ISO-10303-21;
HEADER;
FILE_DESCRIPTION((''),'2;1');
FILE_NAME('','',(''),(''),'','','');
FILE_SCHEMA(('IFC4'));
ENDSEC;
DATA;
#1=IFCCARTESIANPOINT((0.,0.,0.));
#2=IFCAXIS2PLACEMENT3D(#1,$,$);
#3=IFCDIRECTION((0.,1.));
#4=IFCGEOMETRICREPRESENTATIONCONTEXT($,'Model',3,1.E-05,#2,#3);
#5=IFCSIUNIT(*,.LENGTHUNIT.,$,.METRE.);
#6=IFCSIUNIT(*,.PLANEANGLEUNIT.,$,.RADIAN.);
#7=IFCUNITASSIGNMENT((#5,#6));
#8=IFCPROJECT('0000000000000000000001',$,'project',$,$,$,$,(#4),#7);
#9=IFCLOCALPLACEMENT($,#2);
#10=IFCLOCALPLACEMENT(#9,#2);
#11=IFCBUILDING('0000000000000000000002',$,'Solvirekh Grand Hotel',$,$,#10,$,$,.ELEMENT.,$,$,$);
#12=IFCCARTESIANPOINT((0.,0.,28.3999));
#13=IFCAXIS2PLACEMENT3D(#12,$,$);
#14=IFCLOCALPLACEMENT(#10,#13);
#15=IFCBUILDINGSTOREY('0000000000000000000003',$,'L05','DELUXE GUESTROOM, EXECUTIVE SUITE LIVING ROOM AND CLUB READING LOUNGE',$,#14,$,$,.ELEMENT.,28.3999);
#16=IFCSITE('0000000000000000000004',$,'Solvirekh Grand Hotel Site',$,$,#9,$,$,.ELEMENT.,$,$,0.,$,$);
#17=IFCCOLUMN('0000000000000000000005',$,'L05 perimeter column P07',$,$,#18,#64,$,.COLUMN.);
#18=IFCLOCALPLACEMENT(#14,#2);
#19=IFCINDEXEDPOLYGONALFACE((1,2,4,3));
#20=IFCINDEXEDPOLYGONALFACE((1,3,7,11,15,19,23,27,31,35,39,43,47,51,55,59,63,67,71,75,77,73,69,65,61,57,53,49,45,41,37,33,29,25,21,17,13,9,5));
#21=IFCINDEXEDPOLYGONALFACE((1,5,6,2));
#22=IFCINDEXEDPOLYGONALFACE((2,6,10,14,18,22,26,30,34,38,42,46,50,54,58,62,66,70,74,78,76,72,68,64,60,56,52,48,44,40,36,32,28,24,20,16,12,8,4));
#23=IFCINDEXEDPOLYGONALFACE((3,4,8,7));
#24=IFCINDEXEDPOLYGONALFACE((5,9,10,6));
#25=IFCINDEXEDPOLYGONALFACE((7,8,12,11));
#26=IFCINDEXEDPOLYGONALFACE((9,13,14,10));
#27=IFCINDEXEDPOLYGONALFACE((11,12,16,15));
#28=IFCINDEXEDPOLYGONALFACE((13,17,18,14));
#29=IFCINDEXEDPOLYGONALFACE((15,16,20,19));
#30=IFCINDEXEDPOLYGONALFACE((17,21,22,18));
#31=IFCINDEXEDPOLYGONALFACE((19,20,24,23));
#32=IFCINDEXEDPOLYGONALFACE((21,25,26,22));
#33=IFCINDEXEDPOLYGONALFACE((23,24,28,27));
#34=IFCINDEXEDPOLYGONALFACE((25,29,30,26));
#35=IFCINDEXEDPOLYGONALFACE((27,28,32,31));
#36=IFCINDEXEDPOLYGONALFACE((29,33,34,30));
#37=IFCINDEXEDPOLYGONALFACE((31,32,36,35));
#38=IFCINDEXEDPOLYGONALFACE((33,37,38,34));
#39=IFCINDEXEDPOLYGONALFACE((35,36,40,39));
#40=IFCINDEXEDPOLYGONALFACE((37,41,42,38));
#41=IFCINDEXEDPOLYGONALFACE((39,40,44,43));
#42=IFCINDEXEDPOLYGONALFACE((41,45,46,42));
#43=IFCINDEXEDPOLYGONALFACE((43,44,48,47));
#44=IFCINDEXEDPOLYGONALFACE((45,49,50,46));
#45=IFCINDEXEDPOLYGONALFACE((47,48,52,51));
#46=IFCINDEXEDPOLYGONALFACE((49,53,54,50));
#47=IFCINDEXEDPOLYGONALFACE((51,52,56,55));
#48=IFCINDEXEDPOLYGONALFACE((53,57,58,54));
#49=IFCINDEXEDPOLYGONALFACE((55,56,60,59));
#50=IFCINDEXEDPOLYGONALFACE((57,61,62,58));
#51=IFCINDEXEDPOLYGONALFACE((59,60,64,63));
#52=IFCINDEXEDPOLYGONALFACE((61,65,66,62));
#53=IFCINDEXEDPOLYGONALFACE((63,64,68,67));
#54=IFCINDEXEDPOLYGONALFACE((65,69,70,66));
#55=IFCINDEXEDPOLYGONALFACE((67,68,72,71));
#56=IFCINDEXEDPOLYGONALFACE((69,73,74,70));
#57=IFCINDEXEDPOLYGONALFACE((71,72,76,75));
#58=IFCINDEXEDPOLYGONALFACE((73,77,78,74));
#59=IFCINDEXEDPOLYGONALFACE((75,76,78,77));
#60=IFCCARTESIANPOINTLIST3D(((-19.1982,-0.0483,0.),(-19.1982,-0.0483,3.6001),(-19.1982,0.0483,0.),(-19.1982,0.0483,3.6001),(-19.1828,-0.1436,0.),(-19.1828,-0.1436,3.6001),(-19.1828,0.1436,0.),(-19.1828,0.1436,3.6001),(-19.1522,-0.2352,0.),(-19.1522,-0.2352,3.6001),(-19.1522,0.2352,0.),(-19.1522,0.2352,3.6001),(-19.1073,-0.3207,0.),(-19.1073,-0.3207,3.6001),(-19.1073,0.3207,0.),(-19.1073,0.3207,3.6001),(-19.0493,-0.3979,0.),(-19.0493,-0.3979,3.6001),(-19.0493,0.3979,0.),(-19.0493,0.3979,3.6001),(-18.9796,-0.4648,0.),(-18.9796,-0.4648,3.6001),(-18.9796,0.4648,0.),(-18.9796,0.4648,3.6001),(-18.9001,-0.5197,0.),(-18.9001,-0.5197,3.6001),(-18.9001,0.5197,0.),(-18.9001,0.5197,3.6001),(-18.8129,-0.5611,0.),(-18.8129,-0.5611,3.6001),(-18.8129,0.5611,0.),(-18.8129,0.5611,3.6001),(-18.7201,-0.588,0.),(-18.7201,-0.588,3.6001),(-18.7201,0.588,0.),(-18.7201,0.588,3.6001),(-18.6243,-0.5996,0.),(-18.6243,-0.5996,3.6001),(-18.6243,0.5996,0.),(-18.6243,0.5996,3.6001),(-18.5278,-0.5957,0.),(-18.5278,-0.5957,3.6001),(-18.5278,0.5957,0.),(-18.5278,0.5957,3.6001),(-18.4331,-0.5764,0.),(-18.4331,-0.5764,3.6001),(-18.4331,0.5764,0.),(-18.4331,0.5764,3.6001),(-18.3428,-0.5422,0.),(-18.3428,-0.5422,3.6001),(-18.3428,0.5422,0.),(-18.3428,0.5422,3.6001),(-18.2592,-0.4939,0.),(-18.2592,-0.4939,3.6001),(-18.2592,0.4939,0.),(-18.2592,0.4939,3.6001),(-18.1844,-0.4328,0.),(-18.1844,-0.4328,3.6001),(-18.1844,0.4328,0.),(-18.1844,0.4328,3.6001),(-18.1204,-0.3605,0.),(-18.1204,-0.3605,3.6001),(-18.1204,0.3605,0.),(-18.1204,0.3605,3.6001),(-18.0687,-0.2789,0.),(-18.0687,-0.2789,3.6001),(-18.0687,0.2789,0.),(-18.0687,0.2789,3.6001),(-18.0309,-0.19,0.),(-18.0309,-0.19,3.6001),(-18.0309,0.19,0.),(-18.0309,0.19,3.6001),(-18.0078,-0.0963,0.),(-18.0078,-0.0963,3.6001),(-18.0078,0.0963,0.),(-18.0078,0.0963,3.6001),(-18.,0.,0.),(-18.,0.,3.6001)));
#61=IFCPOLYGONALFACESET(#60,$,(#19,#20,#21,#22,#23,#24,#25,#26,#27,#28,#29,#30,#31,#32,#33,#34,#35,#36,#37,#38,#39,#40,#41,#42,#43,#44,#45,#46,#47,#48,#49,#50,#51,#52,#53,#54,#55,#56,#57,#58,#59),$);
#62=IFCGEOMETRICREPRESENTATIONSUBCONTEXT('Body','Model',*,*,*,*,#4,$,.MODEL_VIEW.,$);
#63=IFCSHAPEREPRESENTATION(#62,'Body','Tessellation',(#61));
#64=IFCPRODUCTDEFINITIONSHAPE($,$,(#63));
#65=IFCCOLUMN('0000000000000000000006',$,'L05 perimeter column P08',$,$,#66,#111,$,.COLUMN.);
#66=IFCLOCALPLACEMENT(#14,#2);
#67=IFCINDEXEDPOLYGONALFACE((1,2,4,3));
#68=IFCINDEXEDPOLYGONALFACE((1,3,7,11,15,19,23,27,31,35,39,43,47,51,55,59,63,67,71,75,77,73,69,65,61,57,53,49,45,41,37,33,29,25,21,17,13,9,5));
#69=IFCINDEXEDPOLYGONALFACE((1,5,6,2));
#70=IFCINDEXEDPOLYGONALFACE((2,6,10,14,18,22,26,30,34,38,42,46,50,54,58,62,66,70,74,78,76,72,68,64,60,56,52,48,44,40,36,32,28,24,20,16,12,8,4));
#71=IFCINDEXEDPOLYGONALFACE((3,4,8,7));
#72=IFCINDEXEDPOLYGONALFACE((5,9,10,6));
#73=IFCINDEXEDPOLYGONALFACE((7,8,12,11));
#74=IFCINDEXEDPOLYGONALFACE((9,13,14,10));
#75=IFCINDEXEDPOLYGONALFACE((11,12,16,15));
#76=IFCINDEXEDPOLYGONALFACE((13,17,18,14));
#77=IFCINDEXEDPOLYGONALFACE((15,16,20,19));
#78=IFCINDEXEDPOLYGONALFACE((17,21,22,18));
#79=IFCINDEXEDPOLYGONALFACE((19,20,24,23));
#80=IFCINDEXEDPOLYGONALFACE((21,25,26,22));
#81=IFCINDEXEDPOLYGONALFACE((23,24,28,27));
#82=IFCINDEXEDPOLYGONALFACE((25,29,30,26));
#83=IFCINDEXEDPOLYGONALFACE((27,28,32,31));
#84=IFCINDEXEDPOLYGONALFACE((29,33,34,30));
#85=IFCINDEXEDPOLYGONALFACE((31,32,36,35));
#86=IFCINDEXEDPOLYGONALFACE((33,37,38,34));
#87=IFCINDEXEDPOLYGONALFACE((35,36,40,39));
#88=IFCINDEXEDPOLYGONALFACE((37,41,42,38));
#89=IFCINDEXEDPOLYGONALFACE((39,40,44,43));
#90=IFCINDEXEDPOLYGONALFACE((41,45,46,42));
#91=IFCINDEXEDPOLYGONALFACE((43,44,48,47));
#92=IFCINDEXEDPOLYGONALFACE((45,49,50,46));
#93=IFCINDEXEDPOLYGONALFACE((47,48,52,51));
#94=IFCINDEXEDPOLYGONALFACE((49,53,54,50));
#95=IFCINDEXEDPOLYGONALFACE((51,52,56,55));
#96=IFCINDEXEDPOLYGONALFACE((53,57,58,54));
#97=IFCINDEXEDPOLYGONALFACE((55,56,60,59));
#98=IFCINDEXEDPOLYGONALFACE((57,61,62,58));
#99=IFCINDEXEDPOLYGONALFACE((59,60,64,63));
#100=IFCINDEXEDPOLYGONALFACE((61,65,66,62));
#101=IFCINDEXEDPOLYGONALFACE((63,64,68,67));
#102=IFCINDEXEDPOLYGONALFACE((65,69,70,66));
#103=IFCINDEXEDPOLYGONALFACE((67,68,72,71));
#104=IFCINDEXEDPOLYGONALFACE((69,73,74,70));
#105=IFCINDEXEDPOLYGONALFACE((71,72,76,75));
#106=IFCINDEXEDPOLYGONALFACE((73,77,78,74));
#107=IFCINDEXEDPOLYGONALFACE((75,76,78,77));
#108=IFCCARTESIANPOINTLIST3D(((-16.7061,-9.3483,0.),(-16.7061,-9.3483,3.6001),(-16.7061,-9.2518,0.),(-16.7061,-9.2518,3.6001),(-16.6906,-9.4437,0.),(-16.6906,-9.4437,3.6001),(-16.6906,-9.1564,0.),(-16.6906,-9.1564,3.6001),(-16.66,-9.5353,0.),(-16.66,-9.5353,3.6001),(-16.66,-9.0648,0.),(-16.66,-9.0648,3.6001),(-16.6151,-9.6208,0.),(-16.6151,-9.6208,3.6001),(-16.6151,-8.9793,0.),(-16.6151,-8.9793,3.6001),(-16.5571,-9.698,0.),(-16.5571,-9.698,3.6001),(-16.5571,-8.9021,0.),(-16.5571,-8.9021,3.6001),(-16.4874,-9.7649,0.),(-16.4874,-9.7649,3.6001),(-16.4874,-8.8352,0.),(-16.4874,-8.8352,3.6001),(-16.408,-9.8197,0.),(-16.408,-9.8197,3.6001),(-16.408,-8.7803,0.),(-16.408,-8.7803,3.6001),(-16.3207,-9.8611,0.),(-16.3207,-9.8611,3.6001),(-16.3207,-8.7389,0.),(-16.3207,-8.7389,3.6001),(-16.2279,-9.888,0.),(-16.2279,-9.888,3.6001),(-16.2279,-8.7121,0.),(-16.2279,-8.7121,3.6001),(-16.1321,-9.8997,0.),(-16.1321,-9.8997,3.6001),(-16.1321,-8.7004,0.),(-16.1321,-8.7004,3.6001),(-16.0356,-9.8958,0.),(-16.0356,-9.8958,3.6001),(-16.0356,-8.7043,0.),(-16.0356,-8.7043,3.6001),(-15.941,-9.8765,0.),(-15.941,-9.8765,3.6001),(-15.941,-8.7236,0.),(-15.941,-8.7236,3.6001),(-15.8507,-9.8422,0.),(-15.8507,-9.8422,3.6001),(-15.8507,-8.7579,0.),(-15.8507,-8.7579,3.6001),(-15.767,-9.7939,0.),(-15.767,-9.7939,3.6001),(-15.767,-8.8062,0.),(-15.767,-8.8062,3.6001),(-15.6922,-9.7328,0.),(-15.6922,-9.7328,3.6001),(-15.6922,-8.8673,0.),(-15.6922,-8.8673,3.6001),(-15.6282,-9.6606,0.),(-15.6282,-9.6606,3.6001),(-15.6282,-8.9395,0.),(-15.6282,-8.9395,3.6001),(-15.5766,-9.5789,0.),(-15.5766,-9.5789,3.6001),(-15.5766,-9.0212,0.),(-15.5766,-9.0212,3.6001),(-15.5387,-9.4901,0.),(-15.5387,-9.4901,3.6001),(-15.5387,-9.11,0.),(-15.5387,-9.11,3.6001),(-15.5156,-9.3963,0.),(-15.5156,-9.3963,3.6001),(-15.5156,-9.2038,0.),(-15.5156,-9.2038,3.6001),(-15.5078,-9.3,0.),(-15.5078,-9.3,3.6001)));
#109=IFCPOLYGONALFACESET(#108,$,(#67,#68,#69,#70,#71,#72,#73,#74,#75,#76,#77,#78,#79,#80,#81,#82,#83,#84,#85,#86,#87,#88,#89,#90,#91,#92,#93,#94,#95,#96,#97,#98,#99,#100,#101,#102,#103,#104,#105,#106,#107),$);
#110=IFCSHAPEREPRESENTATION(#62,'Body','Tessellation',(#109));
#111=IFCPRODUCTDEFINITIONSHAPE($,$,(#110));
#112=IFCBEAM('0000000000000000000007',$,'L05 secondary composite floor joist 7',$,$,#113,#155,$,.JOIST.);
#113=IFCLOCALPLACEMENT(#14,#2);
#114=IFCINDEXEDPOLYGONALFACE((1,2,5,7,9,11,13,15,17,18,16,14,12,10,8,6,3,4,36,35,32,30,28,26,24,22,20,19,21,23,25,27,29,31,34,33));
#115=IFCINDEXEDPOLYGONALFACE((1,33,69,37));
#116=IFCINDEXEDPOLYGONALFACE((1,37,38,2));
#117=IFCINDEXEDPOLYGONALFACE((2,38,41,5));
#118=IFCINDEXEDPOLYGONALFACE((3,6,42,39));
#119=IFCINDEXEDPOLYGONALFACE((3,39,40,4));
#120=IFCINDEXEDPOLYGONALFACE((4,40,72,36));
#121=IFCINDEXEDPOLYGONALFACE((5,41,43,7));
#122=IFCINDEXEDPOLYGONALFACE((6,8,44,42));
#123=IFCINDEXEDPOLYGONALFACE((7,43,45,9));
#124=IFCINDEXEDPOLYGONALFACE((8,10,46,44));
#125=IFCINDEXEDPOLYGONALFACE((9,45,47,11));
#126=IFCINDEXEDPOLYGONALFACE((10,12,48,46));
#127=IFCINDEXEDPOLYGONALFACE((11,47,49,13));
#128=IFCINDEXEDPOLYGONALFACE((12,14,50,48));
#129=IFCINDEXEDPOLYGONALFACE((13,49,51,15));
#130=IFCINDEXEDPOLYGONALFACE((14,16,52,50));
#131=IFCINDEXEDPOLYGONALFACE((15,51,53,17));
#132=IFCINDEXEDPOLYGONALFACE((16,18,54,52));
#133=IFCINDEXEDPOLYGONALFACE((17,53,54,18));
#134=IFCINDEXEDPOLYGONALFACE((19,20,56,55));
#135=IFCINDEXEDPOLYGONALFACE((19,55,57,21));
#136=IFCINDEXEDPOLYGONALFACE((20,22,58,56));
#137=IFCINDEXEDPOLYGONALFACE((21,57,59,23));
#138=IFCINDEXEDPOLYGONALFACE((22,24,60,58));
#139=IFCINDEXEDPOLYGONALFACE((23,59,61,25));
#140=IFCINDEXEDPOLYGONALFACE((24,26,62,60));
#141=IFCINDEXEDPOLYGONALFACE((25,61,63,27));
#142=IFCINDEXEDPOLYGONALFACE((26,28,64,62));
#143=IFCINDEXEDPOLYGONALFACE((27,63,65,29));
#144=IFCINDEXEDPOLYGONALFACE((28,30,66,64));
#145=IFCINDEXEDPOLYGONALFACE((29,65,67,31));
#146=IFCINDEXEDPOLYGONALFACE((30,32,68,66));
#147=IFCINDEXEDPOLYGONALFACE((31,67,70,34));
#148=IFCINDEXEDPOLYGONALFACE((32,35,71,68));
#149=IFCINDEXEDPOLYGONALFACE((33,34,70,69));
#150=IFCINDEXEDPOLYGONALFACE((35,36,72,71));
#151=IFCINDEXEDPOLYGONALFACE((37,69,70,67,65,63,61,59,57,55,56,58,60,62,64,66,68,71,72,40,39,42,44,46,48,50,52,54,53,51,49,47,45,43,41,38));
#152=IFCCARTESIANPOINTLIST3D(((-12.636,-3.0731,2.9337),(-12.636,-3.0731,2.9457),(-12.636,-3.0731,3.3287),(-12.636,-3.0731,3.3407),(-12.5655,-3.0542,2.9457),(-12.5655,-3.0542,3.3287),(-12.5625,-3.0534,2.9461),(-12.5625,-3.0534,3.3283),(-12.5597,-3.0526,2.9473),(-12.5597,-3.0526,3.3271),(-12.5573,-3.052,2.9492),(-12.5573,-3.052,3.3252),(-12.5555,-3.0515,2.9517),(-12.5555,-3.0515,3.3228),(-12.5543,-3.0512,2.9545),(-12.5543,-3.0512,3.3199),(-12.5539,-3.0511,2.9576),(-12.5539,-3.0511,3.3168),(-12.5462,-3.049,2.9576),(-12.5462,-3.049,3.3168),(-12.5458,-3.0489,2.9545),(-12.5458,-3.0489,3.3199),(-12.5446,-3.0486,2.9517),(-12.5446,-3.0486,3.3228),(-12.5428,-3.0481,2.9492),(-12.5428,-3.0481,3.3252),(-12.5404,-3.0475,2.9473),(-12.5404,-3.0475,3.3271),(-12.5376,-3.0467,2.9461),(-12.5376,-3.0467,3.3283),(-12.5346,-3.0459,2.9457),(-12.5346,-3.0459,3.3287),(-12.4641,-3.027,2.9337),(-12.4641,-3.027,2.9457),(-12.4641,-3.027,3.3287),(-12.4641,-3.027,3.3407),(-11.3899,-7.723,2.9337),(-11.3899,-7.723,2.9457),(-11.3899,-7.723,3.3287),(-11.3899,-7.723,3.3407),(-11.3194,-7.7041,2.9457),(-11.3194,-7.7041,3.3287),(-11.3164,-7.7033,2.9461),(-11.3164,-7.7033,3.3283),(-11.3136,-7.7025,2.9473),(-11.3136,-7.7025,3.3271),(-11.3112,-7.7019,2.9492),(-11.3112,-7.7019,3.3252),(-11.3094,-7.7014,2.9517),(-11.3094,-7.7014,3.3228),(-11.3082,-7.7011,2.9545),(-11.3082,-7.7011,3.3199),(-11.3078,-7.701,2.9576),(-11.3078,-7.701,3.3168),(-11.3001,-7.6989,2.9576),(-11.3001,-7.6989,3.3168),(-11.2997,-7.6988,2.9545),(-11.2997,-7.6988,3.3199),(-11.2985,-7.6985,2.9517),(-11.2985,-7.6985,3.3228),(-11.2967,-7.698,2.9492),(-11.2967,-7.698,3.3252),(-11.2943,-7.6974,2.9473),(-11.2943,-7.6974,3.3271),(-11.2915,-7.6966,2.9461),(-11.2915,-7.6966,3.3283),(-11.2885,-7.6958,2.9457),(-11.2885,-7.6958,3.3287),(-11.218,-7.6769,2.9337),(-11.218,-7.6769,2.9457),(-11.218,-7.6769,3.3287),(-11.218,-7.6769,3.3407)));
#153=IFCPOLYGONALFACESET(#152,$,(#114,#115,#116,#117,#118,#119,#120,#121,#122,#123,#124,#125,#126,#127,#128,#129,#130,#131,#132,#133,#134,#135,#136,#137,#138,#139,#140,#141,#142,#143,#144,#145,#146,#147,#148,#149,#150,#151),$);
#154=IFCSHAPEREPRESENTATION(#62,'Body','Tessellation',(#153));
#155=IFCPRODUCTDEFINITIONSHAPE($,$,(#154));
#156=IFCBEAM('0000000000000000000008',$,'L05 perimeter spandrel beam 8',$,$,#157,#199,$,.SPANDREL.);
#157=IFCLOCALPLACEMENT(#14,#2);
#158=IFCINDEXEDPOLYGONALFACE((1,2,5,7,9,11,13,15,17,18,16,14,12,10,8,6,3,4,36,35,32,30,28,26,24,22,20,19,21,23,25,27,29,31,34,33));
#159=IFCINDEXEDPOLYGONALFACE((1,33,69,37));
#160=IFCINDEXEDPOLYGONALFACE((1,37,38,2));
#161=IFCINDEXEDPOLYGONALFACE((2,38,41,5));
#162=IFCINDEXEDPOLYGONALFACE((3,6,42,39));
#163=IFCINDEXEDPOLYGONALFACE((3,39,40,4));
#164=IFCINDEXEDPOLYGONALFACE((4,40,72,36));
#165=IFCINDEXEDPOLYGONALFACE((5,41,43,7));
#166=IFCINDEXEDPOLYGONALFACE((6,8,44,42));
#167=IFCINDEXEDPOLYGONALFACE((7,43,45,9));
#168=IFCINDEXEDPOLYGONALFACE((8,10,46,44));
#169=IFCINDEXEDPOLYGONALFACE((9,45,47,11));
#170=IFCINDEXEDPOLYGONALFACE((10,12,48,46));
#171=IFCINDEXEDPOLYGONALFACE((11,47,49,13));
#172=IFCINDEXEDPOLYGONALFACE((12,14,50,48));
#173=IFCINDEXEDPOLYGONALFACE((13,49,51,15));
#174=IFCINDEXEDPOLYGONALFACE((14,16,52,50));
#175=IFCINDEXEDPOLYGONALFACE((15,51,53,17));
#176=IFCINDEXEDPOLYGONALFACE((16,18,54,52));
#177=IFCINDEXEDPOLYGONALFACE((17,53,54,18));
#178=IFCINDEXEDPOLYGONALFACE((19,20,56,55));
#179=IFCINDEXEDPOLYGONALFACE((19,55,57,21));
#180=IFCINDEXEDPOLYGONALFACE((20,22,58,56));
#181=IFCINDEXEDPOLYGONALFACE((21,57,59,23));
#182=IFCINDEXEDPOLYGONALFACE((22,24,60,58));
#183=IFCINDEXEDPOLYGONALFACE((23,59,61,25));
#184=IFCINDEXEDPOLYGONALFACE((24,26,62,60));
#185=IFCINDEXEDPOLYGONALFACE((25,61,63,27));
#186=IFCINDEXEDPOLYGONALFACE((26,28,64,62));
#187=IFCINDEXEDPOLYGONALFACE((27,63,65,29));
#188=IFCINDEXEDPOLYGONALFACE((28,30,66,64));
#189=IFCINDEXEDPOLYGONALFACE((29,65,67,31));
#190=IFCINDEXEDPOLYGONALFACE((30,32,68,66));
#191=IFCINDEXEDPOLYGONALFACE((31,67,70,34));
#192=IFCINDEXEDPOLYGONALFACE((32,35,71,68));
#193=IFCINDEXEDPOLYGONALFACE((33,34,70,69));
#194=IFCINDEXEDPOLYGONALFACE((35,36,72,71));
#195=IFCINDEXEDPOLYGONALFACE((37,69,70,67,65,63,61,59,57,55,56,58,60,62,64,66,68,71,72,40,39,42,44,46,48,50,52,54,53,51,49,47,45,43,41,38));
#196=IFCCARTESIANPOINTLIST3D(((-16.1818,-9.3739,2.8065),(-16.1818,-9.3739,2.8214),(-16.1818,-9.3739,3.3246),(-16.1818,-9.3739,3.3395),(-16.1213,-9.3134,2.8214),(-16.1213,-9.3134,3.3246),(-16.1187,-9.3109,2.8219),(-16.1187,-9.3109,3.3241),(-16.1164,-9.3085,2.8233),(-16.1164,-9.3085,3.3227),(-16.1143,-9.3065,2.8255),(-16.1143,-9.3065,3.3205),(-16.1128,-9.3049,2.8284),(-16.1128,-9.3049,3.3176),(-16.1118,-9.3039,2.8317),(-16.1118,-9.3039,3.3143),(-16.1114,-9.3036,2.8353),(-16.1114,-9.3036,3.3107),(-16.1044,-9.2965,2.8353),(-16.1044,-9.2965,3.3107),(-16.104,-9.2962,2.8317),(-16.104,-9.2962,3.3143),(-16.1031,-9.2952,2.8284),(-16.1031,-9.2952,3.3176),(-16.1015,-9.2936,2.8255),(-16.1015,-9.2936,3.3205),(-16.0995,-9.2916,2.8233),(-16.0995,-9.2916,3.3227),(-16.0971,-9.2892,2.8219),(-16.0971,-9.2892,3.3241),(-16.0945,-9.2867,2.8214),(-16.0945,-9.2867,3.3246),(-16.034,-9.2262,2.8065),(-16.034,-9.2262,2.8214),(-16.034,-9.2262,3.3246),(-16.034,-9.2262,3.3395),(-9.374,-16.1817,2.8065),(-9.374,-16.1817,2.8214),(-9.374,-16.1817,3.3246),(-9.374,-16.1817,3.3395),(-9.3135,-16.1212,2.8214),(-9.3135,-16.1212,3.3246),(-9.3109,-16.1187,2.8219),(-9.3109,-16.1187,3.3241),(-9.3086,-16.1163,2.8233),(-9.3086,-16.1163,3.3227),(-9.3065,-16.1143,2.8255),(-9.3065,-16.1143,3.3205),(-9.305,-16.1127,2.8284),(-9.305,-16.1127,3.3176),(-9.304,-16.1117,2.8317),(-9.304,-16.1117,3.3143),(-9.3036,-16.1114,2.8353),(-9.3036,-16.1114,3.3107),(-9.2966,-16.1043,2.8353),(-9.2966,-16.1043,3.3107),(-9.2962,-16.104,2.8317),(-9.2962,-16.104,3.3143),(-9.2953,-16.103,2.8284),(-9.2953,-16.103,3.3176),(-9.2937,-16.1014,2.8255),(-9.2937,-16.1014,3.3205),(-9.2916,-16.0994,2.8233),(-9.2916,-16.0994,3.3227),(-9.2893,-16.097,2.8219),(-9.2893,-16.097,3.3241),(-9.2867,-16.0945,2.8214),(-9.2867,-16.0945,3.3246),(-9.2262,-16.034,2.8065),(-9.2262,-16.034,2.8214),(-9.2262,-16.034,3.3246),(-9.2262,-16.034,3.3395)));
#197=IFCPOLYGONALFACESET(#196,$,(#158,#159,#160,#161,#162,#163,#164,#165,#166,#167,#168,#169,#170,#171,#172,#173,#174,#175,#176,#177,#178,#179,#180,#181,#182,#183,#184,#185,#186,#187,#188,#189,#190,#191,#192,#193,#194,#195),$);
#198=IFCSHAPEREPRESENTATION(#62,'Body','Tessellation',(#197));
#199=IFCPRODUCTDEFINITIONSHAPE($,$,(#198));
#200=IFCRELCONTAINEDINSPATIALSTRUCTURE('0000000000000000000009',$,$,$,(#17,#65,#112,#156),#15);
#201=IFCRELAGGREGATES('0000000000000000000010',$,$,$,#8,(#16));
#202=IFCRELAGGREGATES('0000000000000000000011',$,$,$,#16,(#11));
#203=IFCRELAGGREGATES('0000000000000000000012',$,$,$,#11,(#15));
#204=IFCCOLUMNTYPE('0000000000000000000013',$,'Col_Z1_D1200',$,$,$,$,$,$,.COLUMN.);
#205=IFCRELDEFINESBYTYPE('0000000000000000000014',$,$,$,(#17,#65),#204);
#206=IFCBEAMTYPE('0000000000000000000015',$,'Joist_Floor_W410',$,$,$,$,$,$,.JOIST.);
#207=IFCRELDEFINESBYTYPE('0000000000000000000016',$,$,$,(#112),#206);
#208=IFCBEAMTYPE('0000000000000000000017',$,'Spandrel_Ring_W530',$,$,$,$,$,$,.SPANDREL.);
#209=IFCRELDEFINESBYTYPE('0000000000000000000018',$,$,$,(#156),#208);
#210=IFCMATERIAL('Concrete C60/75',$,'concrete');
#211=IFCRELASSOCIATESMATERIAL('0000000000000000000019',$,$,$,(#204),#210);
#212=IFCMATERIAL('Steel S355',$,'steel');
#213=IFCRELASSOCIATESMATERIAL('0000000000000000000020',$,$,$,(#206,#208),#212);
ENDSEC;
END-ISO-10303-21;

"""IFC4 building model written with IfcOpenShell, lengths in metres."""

from ifc_helpers import new_model, si_unit, direction, frame, origin, origin_2d, place, context, subcontext, project, spatial, circle, i_section, extrude, material, material_profile, profile_set, type_object, element, save


model = new_model("IFC4")

# Units and contexts
model_context = context("Model", 3, precision=1e-05, world=origin(), true_north=direction((0.0, 1.0)))
body_context = subcontext(model_context, "Body", "Model", "MODEL_VIEW")
ifc_project = project(units=[si_unit("LENGTHUNIT", "METRE"), si_unit("PLANEANGLEUNIT", "RADIAN")], contexts=[model_context])

# Site, building, storey
site_placement = place(None, origin())
site = spatial("IfcSite", under=ifc_project, at=site_placement, Name="Solvirekh Grand Hotel Site", CompositionType="ELEMENT", RefElevation=0.0)
building_placement = place(site_placement, origin())
building = spatial("IfcBuilding", under=site, at=building_placement, Name="Solvirekh Grand Hotel", CompositionType="ELEMENT")
storey_placement = place(building_placement, frame((0.0, 0.0, 28.3999)))
storey = spatial("IfcBuildingStorey", under=building, at=storey_placement, Name="L05", Description="DELUXE GUESTROOM, EXECUTIVE SUITE LIVING ROOM AND CLUB READING LOUNGE", CompositionType="ELEMENT", Elevation=28.3999)

# Columns
ifc_material_1 = material(Name="Concrete C60/75", Category="concrete")
ifc_material_profile_1 = material_profile(ifc_material_1, circle(Radius=0.6001, at=origin_2d()), Name="RC CIRC D1200")
ifc_profile_set_1 = profile_set([ifc_material_profile_1], Name="Concrete C60/75")
column_type = type_object("IfcColumnType", Name="Col_Z1_D1200", PredefinedType="COLUMN", material=ifc_profile_set_1)
for number, where, z_axis, x_axis, name in (
    (1, (-18.6001, 0.0, 0.0), (0.0, 0.0, 1.0), (1.0, 0.0, 0.0), "L05 perimeter column P07"),
    (2, (-16.1079, -9.3, 0.0), (0.0, 0.0, 1.0), (1.0, 0.0, 0.0), "L05 perimeter column P08"),
):
    element("IfcColumn", number, at=place(storey_placement, frame(where, z_axis=z_axis, x_axis=x_axis)), inside=storey, type_object=column_type, Name=name, PredefinedType="COLUMN", context=body_context, shape_type="SweptSolid", body=[
        extrude(circle(Radius=0.6001, at=origin_2d()), origin(), (0.0, 0.0, 1.0), 3.6001),
    ])

# Beams
ifc_material_2 = material(Name="Steel S355", Category="steel")
ifc_material_profile_2 = material_profile(ifc_material_2, i_section(OverallWidth=0.178, OverallDepth=0.407, WebThickness=0.0081, FlangeThickness=0.012, FilletRadius=0.012, at=origin_2d()), Name="W410X60")
ifc_profile_set_2 = profile_set([ifc_material_profile_2], Name="Steel S355")
beam_type_1 = type_object("IfcBeamType", Name="Joist_Floor_W410", PredefinedType="JOIST", material=ifc_profile_set_2)
beam_1_placement = place(storey_placement, frame((-12.55, -3.05, 3.1372), z_axis=(0.258849, -0.965918, 0.0), x_axis=(0.965918, 0.258849, 0.0)))
element("IfcBeam", 3, at=beam_1_placement, inside=storey, type_object=beam_type_1, Name="L05 secondary composite floor joist 7", PredefinedType="JOIST", context=body_context, shape_type="SweptSolid", body=[
    extrude(i_section(OverallWidth=0.178, OverallDepth=0.407, WebThickness=0.0081, FlangeThickness=0.012, FilletRadius=0.012, at=origin_2d()), origin(), (0.0, 0.0, 1.0), 4.814),
])
ifc_material_profile_3 = material_profile(ifc_material_2, i_section(OverallWidth=0.209, OverallDepth=0.533, WebThickness=0.01, FlangeThickness=0.0149, FilletRadius=0.0139, at=origin_2d()), Name="W530X92")
ifc_profile_set_3 = profile_set([ifc_material_profile_3], Name="Steel S355")
beam_type_2 = type_object("IfcBeamType", Name="Spandrel_Ring_W530", PredefinedType="SPANDREL", material=ifc_profile_set_3)
beam_2_placement = place(storey_placement, frame((-16.1079, -9.3, 3.073), z_axis=(0.707107, -0.707107, 0.0), x_axis=(0.707107, 0.707107, 0.0)))
element("IfcBeam", 4, at=beam_2_placement, inside=storey, type_object=beam_type_2, Name="L05 perimeter spandrel beam 8", PredefinedType="SPANDREL", context=body_context, shape_type="SweptSolid", body=[
    extrude(i_section(OverallWidth=0.209, OverallDepth=0.533, WebThickness=0.01, FlangeThickness=0.0149, FilletRadius=0.0139, at=origin_2d()), origin(), (0.0, 0.0, 1.0), 9.6277),
])

save(model, "model.ifc")
